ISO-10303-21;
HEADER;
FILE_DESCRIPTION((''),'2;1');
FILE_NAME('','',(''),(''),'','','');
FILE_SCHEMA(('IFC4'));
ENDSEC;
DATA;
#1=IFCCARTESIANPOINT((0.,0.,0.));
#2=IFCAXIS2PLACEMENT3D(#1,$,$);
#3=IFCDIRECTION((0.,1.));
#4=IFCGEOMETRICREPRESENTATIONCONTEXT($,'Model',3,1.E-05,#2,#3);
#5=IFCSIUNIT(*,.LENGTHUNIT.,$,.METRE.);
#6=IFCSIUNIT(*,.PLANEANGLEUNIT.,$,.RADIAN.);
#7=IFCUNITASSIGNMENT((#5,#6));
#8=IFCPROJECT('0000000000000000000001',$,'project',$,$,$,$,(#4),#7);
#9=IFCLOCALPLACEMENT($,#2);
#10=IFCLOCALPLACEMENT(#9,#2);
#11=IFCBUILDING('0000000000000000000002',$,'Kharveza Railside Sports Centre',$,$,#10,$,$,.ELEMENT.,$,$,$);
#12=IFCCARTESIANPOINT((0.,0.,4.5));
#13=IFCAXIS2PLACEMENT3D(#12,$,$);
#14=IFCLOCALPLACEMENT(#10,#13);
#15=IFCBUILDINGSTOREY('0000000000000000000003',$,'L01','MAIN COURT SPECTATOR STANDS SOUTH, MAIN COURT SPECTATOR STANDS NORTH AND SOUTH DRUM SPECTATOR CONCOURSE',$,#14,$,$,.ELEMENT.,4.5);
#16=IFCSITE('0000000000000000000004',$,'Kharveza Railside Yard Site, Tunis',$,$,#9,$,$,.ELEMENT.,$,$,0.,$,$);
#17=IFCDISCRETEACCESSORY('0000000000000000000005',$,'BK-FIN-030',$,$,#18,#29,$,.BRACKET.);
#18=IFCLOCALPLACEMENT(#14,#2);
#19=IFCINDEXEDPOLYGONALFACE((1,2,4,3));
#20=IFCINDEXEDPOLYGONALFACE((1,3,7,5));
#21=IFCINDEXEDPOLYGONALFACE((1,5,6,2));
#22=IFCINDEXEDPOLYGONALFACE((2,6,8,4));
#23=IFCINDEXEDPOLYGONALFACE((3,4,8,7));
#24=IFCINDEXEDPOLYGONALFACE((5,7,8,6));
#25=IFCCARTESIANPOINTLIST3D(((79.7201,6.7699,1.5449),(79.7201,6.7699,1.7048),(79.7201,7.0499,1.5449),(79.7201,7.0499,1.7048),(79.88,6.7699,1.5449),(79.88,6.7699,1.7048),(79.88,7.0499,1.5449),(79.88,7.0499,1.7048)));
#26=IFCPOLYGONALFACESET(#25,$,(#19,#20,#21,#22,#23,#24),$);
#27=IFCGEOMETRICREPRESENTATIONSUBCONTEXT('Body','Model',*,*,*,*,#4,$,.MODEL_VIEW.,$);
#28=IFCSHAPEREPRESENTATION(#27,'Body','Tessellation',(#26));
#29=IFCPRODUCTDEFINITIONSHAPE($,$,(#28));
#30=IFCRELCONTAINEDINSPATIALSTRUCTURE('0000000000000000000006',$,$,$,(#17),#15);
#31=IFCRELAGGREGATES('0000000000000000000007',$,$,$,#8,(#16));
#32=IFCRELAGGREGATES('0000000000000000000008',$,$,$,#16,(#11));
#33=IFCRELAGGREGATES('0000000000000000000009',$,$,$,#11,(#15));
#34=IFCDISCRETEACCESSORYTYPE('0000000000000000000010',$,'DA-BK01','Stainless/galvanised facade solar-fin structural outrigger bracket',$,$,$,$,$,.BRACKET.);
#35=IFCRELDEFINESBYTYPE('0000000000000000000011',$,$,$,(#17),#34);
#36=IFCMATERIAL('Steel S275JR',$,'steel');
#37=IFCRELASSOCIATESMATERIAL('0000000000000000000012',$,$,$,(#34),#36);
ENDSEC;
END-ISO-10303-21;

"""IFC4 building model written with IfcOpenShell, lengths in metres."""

from ifc_helpers import new_model, si_unit, direction, frame, origin, origin_2d, place, context, subcontext, project, spatial, rectangle, extrude, material, type_object, element, save


model = new_model("IFC4")

# Units and contexts
model_context = context("Model", 3, precision=1e-05, world=origin(), true_north=direction((0.0, 1.0)))
body_context = subcontext(model_context, "Body", "Model", "MODEL_VIEW")
ifc_project = project(units=[si_unit("LENGTHUNIT", "METRE"), si_unit("PLANEANGLEUNIT", "RADIAN")], contexts=[model_context])

# Site, building, storey
site_placement = place(None, origin())
site = spatial("IfcSite", under=ifc_project, at=site_placement, Name="Kharveza Railside Yard Site, Tunis", CompositionType="ELEMENT", RefElevation=0.0)
building_placement = place(site_placement, origin())
building = spatial("IfcBuilding", under=site, at=building_placement, Name="Kharveza Railside Sports Centre", CompositionType="ELEMENT")
storey_placement = place(building_placement, frame((0.0, 0.0, 4.5)))
storey = spatial("IfcBuildingStorey", under=building, at=storey_placement, Name="L01", Description="MAIN COURT SPECTATOR STANDS SOUTH, MAIN COURT SPECTATOR STANDS NORTH AND SOUTH DRUM SPECTATOR CONCOURSE", CompositionType="ELEMENT", Elevation=4.5)

# Shared definitions
ifc_material_1 = material(Name="Steel S275JR", Category="steel")

# Discrete accessory
discrete_accessory_type = type_object("IfcDiscreteAccessoryType", Name="DA-BK01", Description="Stainless/galvanised facade solar-fin structural outrigger bracket", PredefinedType="BRACKET", material=ifc_material_1)
discrete_accessory_placement = place(storey_placement, frame((79.8, 6.9099, 1.5449), z_axis=(0.0, 0.0, 1.0), x_axis=(0.0, -1.0, 0.0)))
element("IfcDiscreteAccessory", 1, at=discrete_accessory_placement, inside=storey, type_object=discrete_accessory_type, Name="BK-FIN-030", PredefinedType="BRACKET", context=body_context, shape_type="SweptSolid", body=[
    extrude(rectangle(XDim=0.28, YDim=0.1599, at=origin_2d()), origin(), (0.0, 0.0, 1.0), 0.1599),
])

save(model, "model.ifc")
